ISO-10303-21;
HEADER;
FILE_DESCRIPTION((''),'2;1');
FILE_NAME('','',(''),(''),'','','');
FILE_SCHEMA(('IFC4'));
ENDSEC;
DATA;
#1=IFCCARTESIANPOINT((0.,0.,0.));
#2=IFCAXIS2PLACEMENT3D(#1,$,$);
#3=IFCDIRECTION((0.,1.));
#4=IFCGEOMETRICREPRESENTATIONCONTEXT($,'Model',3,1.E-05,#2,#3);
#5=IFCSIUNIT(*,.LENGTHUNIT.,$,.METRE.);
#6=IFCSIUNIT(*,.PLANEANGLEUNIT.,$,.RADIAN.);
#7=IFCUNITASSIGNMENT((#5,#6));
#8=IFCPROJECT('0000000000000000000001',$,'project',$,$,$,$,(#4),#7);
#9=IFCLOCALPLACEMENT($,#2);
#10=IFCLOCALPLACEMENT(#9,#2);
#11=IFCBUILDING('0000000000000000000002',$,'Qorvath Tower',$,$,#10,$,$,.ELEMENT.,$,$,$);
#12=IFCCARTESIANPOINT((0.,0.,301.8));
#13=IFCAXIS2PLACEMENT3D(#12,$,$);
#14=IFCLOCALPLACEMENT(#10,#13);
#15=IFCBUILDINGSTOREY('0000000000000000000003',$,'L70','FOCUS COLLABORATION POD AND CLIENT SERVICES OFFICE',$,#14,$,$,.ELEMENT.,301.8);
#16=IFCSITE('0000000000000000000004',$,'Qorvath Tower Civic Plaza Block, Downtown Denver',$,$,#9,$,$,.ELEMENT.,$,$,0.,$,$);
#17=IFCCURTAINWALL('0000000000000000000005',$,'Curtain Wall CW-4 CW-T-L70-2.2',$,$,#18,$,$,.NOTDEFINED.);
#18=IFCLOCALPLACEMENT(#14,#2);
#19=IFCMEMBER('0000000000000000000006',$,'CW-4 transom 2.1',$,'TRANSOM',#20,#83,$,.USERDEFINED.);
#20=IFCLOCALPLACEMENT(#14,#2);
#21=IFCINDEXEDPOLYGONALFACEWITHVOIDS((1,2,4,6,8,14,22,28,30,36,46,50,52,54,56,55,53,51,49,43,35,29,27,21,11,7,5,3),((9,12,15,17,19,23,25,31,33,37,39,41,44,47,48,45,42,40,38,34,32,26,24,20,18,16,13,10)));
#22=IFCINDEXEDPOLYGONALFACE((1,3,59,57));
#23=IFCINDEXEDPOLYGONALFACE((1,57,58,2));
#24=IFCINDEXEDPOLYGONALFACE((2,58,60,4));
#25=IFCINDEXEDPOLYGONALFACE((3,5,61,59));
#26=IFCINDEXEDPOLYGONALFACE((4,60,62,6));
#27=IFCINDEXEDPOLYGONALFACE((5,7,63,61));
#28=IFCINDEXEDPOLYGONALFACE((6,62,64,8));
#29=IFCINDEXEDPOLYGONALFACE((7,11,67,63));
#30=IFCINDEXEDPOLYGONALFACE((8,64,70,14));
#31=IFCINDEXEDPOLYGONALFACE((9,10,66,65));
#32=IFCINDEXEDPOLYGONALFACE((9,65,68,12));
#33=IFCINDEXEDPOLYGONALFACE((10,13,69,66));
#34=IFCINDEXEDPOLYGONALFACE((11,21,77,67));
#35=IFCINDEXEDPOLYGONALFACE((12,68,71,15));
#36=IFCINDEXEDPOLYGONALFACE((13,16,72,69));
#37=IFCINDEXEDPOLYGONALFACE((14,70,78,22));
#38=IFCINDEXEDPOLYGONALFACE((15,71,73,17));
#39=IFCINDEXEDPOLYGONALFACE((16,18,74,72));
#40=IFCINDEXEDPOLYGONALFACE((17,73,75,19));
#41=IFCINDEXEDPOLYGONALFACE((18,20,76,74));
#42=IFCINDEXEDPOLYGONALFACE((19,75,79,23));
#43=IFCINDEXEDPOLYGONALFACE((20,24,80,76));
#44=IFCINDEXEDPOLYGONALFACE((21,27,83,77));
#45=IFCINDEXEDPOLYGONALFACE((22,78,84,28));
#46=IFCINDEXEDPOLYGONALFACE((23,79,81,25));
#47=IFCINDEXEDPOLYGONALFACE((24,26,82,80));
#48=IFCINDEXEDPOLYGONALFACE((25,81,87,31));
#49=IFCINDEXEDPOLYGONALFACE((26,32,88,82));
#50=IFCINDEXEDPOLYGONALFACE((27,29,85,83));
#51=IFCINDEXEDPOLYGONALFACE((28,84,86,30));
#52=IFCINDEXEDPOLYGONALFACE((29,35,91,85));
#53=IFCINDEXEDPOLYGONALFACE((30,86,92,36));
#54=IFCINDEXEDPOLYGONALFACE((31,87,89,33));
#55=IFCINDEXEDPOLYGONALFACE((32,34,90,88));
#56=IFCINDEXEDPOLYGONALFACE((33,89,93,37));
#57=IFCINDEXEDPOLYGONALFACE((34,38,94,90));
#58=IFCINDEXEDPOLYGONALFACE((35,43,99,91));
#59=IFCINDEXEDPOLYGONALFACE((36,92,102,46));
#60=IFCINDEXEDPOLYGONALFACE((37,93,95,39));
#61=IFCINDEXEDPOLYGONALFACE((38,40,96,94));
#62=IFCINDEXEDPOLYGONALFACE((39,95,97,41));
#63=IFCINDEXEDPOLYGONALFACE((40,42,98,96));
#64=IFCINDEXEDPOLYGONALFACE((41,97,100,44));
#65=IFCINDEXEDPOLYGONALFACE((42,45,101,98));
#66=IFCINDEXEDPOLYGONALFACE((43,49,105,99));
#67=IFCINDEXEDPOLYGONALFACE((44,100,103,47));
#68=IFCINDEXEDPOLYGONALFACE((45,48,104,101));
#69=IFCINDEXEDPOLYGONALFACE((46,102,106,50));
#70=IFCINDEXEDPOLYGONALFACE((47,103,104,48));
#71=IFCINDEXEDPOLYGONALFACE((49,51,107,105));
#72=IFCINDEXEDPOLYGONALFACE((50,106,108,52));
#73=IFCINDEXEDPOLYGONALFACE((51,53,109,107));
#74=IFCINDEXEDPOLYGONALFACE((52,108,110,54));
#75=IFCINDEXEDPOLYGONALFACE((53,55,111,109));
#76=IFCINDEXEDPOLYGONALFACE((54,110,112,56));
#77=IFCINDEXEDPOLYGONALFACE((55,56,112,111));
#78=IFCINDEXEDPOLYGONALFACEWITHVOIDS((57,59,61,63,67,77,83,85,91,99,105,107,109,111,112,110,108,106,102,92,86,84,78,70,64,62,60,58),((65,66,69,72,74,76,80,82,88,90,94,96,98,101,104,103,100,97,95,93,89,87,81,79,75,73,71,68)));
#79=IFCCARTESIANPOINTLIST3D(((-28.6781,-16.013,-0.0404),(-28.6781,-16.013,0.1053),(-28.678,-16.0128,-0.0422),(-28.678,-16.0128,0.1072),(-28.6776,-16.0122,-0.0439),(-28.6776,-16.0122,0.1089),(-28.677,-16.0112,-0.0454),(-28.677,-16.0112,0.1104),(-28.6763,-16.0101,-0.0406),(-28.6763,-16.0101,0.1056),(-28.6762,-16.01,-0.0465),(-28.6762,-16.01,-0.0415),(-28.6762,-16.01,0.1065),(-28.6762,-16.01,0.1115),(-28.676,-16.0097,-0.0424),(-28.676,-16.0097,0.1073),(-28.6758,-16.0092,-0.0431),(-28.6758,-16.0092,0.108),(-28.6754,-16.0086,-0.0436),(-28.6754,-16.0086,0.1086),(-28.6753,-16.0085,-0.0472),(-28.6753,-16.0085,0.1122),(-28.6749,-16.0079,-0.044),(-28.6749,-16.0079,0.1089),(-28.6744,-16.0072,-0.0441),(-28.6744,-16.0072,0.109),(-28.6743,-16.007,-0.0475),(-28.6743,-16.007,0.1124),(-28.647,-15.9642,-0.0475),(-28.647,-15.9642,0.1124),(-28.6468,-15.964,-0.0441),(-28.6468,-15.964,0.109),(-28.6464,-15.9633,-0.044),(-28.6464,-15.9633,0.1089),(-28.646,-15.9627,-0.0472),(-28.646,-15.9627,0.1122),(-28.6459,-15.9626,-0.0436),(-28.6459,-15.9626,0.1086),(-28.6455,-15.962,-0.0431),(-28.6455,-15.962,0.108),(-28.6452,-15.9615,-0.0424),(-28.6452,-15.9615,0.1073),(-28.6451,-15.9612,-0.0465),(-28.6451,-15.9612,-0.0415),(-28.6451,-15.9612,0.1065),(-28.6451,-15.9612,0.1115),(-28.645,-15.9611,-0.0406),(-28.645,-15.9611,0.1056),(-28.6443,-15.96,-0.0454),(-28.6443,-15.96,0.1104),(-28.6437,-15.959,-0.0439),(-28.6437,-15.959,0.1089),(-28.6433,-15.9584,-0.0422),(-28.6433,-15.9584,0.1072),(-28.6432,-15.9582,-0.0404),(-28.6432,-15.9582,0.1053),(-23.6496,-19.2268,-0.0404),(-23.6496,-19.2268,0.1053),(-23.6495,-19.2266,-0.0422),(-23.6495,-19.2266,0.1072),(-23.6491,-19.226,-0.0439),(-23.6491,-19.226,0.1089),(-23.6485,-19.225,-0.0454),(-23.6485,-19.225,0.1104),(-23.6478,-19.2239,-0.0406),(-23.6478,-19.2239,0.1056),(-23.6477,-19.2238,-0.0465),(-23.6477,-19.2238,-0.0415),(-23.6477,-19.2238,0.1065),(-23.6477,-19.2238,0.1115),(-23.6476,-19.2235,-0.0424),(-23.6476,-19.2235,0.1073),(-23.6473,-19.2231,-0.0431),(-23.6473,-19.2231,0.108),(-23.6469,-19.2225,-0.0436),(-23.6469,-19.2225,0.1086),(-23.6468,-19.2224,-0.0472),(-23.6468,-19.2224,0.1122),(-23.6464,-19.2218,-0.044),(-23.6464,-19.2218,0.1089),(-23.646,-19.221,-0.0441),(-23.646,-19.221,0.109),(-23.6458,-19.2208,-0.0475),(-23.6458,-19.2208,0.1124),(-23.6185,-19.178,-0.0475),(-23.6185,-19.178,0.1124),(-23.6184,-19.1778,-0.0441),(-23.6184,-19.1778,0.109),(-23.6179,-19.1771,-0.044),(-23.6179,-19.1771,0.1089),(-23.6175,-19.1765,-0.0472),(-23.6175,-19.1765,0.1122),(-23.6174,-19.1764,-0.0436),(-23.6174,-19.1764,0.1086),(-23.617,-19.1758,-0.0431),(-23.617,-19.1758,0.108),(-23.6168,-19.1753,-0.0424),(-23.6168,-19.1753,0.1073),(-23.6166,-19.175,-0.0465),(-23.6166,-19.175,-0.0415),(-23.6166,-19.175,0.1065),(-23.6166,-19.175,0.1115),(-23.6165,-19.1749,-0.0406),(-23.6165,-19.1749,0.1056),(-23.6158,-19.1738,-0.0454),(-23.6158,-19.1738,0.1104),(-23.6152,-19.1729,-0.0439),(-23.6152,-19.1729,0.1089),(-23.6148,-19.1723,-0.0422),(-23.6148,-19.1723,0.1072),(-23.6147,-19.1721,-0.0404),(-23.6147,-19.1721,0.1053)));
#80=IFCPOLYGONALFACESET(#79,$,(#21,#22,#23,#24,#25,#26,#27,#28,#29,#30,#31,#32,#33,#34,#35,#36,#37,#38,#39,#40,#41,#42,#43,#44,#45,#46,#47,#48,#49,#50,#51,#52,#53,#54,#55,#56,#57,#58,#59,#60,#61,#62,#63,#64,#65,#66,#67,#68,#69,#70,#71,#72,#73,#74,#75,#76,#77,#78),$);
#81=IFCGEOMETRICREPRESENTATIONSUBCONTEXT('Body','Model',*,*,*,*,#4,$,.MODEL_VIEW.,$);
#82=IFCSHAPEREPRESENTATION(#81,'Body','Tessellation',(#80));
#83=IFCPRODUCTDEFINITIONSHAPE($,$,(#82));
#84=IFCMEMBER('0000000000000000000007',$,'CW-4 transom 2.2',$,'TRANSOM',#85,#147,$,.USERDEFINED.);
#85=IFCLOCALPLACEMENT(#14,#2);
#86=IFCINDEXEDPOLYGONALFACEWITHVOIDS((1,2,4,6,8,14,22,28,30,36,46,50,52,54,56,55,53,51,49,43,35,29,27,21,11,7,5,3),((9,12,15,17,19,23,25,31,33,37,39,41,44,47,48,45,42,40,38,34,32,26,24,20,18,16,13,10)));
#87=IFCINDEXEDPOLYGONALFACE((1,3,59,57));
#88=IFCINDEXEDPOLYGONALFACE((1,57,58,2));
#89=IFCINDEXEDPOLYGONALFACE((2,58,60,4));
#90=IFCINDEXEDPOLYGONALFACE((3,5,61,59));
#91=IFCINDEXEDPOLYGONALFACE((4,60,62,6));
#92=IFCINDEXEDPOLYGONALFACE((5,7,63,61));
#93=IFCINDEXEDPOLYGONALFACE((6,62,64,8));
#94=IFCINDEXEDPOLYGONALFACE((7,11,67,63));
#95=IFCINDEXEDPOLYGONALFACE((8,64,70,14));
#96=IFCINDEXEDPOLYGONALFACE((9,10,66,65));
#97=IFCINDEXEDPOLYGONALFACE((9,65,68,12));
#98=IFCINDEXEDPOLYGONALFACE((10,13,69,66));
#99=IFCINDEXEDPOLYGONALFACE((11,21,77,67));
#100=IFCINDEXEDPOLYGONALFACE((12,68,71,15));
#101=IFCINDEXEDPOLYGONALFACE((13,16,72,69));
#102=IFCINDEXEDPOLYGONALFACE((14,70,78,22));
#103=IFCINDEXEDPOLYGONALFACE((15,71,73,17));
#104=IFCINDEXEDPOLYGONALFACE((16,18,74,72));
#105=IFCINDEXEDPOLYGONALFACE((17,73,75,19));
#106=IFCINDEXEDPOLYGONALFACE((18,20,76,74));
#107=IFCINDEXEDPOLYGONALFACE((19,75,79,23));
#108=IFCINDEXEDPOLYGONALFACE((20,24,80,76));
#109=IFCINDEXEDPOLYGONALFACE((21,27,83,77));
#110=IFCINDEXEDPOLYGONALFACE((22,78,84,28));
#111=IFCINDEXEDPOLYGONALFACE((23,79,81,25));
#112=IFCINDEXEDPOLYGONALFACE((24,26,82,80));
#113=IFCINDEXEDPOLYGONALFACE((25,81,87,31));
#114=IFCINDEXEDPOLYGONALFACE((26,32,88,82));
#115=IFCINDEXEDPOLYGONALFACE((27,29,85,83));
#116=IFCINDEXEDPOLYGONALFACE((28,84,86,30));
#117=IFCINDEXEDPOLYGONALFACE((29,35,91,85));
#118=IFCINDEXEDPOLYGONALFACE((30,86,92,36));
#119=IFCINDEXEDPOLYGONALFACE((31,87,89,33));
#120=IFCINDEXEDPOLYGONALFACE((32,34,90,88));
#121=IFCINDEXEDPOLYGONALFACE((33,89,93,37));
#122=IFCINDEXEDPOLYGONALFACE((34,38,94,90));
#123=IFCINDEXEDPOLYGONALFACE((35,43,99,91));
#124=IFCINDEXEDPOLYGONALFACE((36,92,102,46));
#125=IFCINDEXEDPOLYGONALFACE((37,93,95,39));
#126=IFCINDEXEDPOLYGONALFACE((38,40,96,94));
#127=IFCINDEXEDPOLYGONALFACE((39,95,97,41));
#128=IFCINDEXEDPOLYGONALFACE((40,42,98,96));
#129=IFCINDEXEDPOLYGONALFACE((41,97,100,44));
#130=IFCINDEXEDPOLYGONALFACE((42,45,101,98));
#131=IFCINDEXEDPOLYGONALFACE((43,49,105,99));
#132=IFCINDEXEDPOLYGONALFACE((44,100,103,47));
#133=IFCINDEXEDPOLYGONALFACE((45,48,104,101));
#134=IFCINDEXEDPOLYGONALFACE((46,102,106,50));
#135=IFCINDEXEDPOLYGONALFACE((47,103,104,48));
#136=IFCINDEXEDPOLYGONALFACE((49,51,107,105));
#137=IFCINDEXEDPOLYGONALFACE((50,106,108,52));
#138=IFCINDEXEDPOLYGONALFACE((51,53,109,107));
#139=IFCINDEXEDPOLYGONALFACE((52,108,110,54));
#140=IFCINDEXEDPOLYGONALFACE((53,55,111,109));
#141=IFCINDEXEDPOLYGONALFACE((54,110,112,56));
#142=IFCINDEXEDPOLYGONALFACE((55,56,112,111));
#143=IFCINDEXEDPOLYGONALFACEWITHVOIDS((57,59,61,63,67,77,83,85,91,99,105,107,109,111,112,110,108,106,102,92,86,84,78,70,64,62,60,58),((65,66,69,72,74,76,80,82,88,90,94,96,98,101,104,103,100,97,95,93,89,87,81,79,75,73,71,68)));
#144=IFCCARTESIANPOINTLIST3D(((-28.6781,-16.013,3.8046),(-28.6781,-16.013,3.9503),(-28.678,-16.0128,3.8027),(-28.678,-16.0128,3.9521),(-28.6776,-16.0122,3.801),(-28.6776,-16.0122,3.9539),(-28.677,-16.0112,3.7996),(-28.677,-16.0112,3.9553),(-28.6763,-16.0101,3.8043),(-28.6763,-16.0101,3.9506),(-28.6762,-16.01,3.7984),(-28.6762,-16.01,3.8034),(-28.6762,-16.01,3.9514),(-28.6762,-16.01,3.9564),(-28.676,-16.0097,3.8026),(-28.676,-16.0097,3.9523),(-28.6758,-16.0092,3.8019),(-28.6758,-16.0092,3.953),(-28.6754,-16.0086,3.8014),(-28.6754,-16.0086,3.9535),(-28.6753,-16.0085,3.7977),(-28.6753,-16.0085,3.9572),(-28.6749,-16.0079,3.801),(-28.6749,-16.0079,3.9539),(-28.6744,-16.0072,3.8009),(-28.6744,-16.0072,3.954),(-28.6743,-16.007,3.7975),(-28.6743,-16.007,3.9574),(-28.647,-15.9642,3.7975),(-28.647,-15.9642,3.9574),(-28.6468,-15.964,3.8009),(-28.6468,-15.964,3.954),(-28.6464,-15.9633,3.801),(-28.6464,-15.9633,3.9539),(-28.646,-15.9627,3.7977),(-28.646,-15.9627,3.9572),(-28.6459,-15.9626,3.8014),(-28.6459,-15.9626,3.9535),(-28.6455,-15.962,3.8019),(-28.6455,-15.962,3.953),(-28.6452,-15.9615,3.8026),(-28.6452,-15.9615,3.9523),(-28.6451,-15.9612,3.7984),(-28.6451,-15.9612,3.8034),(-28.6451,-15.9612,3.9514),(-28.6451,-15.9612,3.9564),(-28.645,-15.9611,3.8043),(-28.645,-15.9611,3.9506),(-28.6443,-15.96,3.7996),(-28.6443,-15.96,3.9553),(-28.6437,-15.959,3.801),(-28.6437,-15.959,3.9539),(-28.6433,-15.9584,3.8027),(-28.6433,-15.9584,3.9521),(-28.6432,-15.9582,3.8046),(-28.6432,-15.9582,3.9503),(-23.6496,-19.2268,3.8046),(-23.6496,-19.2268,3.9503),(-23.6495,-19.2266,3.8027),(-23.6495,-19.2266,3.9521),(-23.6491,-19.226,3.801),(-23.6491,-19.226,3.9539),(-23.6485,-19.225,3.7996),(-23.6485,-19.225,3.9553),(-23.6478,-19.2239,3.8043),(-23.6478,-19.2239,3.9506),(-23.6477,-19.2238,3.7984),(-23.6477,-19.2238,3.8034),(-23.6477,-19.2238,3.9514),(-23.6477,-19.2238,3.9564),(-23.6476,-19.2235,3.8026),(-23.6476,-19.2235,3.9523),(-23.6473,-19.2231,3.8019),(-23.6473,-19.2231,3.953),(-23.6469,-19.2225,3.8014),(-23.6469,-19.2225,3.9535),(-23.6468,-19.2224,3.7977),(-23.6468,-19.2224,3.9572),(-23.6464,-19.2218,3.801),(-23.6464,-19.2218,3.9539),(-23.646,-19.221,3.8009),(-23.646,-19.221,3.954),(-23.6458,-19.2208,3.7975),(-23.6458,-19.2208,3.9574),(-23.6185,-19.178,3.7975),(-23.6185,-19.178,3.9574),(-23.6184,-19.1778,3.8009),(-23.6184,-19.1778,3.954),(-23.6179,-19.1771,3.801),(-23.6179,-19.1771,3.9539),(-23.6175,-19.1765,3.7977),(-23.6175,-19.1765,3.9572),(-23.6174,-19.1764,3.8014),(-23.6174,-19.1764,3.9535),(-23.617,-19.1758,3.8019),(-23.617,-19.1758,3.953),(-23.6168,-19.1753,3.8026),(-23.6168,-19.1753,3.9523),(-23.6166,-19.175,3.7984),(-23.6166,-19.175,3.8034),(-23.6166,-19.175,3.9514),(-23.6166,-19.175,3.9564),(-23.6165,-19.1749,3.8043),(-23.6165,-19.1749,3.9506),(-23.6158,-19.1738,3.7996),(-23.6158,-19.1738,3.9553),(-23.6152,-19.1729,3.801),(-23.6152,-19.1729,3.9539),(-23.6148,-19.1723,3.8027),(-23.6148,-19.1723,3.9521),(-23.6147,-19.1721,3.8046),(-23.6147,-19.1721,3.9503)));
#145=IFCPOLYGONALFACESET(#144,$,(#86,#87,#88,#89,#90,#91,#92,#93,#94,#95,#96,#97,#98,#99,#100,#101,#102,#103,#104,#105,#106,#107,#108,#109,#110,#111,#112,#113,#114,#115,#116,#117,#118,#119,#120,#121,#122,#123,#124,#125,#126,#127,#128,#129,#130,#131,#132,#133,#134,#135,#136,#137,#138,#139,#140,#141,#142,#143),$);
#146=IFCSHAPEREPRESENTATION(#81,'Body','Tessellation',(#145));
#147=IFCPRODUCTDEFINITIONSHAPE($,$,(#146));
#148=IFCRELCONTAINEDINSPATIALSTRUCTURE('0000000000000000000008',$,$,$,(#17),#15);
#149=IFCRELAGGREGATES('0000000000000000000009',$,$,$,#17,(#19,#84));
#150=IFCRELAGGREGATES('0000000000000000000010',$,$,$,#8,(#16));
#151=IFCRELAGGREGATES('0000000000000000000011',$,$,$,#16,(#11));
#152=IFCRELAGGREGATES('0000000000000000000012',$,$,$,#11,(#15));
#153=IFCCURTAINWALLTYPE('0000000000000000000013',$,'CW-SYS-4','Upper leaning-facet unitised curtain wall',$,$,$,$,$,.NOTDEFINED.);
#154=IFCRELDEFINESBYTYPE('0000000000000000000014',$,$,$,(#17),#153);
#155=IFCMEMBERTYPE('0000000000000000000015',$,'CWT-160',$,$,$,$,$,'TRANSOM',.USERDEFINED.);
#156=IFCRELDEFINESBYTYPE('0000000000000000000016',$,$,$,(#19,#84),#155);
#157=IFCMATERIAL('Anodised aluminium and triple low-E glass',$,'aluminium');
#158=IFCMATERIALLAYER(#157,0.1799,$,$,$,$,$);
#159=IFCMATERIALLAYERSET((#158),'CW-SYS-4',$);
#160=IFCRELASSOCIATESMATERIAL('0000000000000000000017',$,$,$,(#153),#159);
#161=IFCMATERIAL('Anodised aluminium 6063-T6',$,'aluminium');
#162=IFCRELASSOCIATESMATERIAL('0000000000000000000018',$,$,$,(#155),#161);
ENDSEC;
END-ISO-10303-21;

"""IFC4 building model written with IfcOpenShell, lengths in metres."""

from ifc_helpers import new_model, si_unit, direction, frame, origin, origin_2d, place, context, subcontext, project, spatial, hollow_rectangle, extrude, material, layer, layer_set, material_profile, profile_set, type_object, element, aggregate, save


model = new_model("IFC4")

# Units and contexts
model_context = context("Model", 3, precision=1e-05, world=origin(), true_north=direction((0.0, 1.0)))
body_context = subcontext(model_context, "Body", "Model", "MODEL_VIEW")
ifc_project = project(units=[si_unit("LENGTHUNIT", "METRE"), si_unit("PLANEANGLEUNIT", "RADIAN")], contexts=[model_context])

# Site, building, storey
site_placement = place(None, origin())
site = spatial("IfcSite", under=ifc_project, at=site_placement, Name="Qorvath Tower Civic Plaza Block, Downtown Denver", CompositionType="ELEMENT", RefElevation=0.0)
building_placement = place(site_placement, origin())
building = spatial("IfcBuilding", under=site, at=building_placement, Name="Qorvath Tower", CompositionType="ELEMENT")
storey_placement = place(building_placement, frame((0.0, 0.0, 301.8)))
storey = spatial("IfcBuildingStorey", under=building, at=storey_placement, Name="L70", Description="FOCUS COLLABORATION POD AND CLIENT SERVICES OFFICE", CompositionType="ELEMENT", Elevation=301.8)

# Curtain wall, members
ifc_material_1 = material(Name="Anodised aluminium and triple low-E glass", Category="aluminium")
ifc_layer_1 = layer(ifc_material_1, 0.1799)
ifc_layer_set_1 = layer_set([ifc_layer_1], Name="CW-SYS-4")
curtain_wall_type = type_object("IfcCurtainWallType", Name="CW-SYS-4", Description="Upper leaning-facet unitised curtain wall", PredefinedType="NOTDEFINED", material=ifc_layer_set_1)
curtain_wall_placement = place(storey_placement, origin())
curtain_wall = element("IfcCurtainWall", 1, at=curtain_wall_placement, inside=storey, type_object=curtain_wall_type, Name="Curtain Wall CW-4 CW-T-L70-2.2", PredefinedType="NOTDEFINED")
ifc_material_2 = material(Name="Anodised aluminium 6063-T6", Category="aluminium")
ifc_material_profile_1 = material_profile(ifc_material_2, hollow_rectangle(XDim=0.0649, YDim=0.1599, WallThickness=0.0034, InnerFilletRadius=0.0034, OuterFilletRadius=0.0071, at=origin_2d()), Name="CWT 160x65")
ifc_profile_set_1 = profile_set([ifc_material_profile_1], Name="Anodised aluminium 6063-T6")
member_type_1 = type_object("IfcMemberType", Name="CWT-160", ElementType="TRANSOM", PredefinedType="USERDEFINED", material=ifc_profile_set_1)
member_1_placement = place(storey_placement, frame((-28.6606, -15.9856, 0.0325), z_axis=(0.842607, -0.538529, 0.0), x_axis=(0.538529, 0.842607, 0.0)))
member_1 = element("IfcMember", 2, at=member_1_placement, type_object=member_type_1, Name="CW-4 transom 2.1", ObjectType="TRANSOM", PredefinedType="USERDEFINED", context=body_context, shape_type="SweptSolid", body=[
    extrude(hollow_rectangle(XDim=0.0649, YDim=0.1599, WallThickness=0.0034, InnerFilletRadius=0.0034, OuterFilletRadius=0.0071, at=origin_2d()), origin(), (0.0, 0.0, 1.0), 5.9678),
])
member_2_placement = place(storey_placement, frame((-28.6606, -15.9856, 3.8774), z_axis=(0.842607, -0.538529, 0.0), x_axis=(0.538529, 0.842607, 0.0)))
member_2 = element("IfcMember", 3, at=member_2_placement, type_object=member_type_1, Name="CW-4 transom 2.2", ObjectType="TRANSOM", PredefinedType="USERDEFINED", context=body_context, shape_type="SweptSolid", body=[
    extrude(hollow_rectangle(XDim=0.0649, YDim=0.1599, WallThickness=0.0034, InnerFilletRadius=0.0034, OuterFilletRadius=0.0071, at=origin_2d()), origin(), (0.0, 0.0, 1.0), 5.9678),
])
aggregate(curtain_wall, [member_1, member_2])

save(model, "model.ifc")
